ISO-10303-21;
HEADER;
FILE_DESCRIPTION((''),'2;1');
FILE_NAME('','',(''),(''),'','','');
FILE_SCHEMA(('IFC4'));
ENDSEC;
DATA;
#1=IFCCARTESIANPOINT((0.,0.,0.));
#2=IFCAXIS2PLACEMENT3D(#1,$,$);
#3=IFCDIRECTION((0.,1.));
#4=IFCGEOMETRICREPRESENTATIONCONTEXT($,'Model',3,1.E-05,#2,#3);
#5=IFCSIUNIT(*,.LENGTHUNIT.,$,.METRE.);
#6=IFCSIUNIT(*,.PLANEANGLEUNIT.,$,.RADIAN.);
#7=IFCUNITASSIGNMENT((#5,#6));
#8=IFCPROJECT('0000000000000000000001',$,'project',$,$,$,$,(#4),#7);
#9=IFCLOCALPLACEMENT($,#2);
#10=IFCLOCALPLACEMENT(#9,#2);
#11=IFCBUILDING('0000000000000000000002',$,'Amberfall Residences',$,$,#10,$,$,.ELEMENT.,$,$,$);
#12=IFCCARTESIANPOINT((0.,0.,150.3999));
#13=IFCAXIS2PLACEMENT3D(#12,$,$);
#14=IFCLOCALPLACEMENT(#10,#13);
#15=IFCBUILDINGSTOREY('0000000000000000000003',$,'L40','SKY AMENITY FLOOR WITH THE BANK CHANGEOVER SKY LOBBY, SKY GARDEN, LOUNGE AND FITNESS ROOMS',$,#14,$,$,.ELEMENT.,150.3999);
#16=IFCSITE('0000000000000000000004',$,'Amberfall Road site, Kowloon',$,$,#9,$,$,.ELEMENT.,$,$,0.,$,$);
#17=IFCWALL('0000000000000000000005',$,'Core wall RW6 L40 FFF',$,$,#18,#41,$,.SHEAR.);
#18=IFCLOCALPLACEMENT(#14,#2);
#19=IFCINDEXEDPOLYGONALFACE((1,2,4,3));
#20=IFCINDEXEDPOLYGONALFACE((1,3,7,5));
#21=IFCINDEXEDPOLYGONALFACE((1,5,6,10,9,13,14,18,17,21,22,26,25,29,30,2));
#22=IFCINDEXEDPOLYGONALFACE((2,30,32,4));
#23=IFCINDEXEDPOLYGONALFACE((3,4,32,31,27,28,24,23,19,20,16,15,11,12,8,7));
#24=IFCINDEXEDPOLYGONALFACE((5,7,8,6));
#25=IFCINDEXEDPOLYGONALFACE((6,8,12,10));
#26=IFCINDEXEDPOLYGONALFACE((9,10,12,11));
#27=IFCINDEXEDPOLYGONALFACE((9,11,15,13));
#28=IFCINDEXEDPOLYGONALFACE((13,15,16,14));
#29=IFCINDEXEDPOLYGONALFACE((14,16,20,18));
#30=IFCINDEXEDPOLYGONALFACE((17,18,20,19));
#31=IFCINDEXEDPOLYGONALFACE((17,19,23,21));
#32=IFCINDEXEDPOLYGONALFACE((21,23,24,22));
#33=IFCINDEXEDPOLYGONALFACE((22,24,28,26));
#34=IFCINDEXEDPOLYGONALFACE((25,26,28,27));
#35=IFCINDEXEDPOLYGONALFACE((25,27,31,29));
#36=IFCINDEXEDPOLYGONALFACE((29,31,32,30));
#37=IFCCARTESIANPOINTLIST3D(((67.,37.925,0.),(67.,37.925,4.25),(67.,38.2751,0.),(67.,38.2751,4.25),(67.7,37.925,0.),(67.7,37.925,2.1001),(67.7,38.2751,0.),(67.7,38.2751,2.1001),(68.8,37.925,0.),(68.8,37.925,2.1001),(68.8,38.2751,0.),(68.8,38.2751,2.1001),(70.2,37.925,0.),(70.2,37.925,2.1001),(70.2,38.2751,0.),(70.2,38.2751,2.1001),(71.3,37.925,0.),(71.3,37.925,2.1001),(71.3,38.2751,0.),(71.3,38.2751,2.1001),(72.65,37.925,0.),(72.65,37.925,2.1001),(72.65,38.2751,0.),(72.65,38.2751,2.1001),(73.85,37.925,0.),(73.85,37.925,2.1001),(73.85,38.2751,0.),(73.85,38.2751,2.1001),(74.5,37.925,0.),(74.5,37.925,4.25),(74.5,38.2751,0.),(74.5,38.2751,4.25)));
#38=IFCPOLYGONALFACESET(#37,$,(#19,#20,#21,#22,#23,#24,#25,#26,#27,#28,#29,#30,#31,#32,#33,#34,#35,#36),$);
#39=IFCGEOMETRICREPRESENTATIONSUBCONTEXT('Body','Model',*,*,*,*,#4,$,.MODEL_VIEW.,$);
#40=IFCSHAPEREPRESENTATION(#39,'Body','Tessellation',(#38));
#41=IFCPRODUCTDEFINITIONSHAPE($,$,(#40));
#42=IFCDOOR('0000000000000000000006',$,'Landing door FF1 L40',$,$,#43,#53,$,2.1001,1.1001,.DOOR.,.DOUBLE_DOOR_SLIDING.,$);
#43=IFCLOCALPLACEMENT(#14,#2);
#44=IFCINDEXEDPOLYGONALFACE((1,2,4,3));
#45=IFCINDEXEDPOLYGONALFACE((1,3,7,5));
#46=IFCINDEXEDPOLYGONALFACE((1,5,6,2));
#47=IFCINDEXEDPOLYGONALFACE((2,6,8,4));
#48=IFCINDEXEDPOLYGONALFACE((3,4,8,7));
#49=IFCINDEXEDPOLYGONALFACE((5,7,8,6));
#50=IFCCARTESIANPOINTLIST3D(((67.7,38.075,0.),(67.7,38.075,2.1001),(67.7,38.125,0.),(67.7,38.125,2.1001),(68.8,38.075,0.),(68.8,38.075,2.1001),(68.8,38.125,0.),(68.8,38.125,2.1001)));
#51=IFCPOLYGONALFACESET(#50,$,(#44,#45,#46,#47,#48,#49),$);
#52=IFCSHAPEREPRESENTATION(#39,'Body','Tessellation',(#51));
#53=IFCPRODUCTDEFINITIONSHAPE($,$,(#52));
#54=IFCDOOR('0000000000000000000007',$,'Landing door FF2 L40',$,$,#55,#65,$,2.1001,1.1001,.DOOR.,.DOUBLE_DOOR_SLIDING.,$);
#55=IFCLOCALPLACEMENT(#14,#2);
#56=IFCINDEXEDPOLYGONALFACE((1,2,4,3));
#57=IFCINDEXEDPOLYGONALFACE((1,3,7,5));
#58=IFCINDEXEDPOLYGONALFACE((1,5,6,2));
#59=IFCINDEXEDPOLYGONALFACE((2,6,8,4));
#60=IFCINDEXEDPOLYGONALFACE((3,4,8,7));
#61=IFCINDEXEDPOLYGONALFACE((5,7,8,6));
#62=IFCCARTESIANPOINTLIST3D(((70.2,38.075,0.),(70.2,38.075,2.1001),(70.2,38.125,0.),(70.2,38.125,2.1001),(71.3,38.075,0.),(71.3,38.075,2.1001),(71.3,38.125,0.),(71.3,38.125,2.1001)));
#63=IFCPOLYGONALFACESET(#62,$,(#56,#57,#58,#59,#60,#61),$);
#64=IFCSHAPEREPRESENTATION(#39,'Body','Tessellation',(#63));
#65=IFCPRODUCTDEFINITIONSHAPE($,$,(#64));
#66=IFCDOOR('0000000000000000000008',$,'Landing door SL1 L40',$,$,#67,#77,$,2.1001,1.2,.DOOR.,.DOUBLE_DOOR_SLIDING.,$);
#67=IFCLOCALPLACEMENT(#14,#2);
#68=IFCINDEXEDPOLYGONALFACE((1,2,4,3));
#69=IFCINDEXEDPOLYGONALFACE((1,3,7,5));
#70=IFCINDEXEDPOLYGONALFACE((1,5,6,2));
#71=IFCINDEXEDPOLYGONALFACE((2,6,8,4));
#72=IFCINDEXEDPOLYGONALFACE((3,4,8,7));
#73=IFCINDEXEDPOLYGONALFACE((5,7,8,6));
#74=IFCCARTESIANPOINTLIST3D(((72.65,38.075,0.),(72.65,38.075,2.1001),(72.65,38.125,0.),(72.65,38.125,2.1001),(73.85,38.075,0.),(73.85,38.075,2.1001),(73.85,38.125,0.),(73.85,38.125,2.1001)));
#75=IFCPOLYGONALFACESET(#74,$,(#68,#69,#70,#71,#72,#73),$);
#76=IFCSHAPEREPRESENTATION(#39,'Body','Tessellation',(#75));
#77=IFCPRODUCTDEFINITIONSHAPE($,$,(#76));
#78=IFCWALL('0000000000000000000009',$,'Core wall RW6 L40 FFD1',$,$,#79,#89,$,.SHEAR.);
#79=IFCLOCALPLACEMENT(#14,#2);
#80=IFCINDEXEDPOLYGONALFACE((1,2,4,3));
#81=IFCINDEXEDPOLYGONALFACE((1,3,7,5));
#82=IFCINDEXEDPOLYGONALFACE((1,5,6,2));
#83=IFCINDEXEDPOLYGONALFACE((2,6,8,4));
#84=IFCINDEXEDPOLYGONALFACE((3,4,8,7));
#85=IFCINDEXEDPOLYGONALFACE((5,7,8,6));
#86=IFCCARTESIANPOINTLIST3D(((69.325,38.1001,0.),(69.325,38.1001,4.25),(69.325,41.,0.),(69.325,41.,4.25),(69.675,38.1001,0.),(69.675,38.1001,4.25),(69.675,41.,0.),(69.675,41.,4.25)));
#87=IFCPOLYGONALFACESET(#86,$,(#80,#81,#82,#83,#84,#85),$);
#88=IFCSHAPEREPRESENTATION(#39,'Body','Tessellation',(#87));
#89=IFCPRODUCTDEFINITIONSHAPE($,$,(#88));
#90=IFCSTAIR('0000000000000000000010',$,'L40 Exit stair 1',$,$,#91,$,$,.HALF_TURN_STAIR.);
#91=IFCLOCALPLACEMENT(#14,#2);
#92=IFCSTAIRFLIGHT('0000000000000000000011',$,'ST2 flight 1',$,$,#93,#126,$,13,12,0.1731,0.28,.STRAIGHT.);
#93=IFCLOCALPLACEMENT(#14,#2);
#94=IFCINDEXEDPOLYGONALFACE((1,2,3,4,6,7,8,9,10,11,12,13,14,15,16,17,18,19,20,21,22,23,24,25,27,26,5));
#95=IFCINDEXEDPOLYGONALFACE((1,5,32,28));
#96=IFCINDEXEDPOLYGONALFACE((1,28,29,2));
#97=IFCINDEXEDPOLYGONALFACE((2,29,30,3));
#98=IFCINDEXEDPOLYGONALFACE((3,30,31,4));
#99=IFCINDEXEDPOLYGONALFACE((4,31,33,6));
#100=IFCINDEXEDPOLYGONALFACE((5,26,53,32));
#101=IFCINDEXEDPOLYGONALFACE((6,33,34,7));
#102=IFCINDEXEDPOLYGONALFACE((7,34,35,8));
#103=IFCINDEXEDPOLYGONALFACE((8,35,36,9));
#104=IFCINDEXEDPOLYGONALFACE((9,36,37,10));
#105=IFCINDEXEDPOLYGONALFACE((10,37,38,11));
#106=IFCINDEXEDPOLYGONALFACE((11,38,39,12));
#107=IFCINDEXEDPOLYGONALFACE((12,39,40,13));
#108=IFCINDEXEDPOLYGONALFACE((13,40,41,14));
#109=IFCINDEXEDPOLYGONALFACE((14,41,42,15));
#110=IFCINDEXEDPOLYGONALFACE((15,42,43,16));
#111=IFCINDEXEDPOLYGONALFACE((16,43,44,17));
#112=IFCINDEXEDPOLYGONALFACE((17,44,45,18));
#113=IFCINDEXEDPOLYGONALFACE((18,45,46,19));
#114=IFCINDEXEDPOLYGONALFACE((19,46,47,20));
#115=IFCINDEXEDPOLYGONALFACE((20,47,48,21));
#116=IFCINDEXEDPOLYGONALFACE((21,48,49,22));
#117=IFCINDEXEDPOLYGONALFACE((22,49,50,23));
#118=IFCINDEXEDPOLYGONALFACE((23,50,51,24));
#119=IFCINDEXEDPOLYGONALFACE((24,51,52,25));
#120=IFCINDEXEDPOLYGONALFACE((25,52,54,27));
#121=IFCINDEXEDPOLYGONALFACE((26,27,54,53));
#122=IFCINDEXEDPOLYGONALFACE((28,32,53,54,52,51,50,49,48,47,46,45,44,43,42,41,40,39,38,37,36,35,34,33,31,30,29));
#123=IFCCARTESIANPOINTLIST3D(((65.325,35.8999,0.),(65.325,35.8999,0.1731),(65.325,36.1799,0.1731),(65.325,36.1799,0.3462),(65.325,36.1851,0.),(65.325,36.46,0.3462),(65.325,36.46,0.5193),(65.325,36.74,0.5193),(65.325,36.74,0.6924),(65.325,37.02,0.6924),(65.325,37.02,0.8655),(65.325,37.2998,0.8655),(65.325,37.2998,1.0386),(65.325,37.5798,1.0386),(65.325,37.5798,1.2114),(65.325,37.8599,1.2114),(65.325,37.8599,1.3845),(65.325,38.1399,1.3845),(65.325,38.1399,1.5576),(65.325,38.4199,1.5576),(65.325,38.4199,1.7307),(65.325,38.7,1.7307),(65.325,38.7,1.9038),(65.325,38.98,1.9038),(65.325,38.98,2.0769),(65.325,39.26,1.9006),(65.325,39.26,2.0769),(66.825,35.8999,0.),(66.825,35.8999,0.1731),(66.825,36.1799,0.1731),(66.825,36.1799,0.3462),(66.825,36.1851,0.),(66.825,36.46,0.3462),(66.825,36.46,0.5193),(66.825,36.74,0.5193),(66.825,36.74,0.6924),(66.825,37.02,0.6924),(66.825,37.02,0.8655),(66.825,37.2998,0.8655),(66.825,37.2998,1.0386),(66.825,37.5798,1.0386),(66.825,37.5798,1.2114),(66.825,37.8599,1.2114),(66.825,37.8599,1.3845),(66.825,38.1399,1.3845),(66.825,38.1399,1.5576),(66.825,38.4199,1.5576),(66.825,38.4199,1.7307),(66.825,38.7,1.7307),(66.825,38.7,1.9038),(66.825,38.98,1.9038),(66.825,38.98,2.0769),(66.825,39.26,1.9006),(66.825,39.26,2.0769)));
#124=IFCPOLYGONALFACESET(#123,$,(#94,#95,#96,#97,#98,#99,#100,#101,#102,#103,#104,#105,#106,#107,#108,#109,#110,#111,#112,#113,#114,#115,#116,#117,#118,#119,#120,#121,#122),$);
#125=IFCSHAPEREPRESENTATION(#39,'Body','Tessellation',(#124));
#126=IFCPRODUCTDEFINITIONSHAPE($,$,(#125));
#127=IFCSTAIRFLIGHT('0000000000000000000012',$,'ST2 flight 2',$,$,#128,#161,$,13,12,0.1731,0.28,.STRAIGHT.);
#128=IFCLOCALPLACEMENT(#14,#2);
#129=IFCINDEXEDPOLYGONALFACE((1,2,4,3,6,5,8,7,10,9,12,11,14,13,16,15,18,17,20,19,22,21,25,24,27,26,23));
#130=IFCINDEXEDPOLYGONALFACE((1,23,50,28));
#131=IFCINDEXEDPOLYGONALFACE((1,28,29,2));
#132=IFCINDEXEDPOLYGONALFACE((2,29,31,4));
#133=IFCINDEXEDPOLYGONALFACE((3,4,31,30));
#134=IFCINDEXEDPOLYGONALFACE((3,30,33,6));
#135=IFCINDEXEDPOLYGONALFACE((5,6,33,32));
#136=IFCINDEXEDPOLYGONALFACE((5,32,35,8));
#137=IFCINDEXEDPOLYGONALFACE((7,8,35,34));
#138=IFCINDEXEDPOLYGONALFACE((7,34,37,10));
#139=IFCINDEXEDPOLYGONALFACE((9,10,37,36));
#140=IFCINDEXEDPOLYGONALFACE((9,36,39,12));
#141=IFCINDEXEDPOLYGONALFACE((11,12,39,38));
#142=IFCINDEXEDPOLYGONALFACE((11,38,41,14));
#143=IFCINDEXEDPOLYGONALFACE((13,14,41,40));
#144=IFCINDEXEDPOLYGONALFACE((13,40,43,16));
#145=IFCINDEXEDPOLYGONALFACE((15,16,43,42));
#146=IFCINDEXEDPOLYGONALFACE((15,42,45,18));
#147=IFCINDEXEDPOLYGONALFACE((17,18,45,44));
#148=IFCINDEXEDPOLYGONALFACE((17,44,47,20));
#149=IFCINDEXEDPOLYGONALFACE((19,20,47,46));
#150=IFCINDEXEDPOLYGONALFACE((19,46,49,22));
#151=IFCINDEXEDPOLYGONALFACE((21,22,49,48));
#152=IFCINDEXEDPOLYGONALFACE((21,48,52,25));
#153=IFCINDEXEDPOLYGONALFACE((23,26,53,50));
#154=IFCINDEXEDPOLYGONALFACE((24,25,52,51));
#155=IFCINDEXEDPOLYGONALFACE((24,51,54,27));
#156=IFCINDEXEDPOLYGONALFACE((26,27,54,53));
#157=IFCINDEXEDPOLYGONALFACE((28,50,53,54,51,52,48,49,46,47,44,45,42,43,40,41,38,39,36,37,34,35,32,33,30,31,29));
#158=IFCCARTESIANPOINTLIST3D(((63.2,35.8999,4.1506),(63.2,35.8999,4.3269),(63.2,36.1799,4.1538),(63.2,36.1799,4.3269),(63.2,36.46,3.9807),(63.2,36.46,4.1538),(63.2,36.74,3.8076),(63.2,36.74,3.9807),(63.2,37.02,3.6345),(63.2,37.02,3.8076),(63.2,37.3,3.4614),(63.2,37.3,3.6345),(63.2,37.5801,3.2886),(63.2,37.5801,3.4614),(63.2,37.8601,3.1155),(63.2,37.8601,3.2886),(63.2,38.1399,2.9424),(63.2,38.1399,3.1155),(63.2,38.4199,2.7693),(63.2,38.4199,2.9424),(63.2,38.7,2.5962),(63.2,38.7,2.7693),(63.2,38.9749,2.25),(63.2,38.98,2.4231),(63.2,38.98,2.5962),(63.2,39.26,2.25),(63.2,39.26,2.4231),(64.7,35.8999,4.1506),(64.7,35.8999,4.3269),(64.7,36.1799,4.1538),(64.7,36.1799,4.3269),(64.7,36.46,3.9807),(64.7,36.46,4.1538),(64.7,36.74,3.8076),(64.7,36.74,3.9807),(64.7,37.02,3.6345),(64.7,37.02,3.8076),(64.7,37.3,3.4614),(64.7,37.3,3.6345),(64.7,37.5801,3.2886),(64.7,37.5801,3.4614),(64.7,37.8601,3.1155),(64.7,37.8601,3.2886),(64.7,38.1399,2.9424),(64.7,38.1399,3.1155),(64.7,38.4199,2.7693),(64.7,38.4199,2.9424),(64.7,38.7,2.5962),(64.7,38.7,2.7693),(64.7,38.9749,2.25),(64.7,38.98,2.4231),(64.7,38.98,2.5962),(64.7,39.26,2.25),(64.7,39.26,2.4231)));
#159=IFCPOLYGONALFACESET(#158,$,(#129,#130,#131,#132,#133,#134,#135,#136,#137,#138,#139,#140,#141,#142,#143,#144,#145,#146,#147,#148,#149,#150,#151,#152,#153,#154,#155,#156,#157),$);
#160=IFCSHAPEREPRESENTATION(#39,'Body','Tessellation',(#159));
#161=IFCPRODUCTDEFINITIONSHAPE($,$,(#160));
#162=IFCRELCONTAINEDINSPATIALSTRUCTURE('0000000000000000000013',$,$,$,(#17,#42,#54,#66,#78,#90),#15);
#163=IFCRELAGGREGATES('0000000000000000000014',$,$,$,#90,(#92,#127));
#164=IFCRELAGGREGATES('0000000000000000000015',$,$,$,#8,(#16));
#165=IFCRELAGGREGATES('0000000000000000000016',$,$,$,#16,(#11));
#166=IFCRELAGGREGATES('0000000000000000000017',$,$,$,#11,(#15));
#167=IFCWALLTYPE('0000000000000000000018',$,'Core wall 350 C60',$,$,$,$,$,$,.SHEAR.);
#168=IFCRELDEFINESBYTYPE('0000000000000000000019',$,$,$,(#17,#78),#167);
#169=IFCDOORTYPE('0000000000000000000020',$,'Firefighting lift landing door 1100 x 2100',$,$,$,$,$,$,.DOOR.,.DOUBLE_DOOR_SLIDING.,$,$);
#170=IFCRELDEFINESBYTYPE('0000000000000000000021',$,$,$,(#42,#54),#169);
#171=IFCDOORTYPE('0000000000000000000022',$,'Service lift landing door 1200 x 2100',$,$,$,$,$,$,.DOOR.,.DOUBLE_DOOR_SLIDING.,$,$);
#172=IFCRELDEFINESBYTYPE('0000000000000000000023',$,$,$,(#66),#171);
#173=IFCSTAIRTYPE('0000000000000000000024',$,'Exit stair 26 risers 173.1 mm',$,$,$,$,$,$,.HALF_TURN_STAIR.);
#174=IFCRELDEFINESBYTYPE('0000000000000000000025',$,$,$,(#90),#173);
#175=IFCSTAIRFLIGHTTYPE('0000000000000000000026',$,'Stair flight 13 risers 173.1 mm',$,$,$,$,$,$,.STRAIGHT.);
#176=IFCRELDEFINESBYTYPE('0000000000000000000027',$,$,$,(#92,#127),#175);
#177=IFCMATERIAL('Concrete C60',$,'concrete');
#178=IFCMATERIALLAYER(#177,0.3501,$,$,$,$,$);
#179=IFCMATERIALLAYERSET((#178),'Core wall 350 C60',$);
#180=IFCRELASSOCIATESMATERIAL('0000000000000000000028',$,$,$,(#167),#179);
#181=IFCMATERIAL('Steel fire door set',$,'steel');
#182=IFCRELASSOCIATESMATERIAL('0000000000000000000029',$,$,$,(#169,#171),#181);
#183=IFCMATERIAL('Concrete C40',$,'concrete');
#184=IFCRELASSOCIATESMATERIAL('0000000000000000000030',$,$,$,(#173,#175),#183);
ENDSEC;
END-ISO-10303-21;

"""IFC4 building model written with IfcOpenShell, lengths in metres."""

from ifc_helpers import new_model, si_unit, direction, frame, frame_2d, origin, place, context, subcontext, project, spatial, polyline, rectangle, outline, extrude, material, layer, layer_set, type_object, element, fill, aggregate, save


model = new_model("IFC4")

# Units and contexts
model_context = context("Model", 3, precision=1e-05, world=origin(), true_north=direction((0.0, 1.0)))
body_context = subcontext(model_context, "Body", "Model", "MODEL_VIEW")
ifc_project = project(units=[si_unit("LENGTHUNIT", "METRE"), si_unit("PLANEANGLEUNIT", "RADIAN")], contexts=[model_context])

# Site, building, storey
site_placement = place(None, origin())
site = spatial("IfcSite", under=ifc_project, at=site_placement, Name="Amberfall Road site, Kowloon", CompositionType="ELEMENT", RefElevation=0.0)
building_placement = place(site_placement, origin())
building = spatial("IfcBuilding", under=site, at=building_placement, Name="Amberfall Residences", CompositionType="ELEMENT")
storey_placement = place(building_placement, frame((0.0, 0.0, 150.3999)))
storey = spatial("IfcBuildingStorey", under=building, at=storey_placement, Name="L40", Description="SKY AMENITY FLOOR WITH THE BANK CHANGEOVER SKY LOBBY, SKY GARDEN, LOUNGE AND FITNESS ROOMS", CompositionType="ELEMENT", Elevation=150.3999)

# Wall, openings, doors
ifc_material_1 = material(Name="Concrete C60", Category="concrete")
ifc_layer = layer(ifc_material_1, 0.3501)
ifc_layer_set = layer_set([ifc_layer], Name="Core wall 350 C60")
wall_type = type_object("IfcWallType", Name="Core wall 350 C60", PredefinedType="SHEAR", material=ifc_layer_set)
wall_1_placement = place(storey_placement, frame((67.0, 38.1001, 0.0), z_axis=(0.0, 0.0, 1.0), x_axis=(1.0, 0.0, 0.0)))
wall_1 = element("IfcWall", 1, at=wall_1_placement, inside=storey, type_object=wall_type, Name="Core wall RW6 L40 FFF", PredefinedType="SHEAR", context=body_context, shape_type="SweptSolid", body=[
    extrude(rectangle(XDim=7.5, YDim=0.3501, at=frame_2d((3.75, 0.0))), origin(), (0.0, 0.0, 1.0), 4.25),
])
opening_1_placement = place(wall_1_placement, frame((0.7, 0.0, 0.0)))
opening_1 = element("IfcOpeningElement", 2, at=opening_1_placement, cuts=wall_1, PredefinedType="OPENING", context=body_context, shape_type="SweptSolid", body=[
    extrude(rectangle(XDim=1.1001, YDim=2.1001, at=frame_2d((0.55, 1.05))), frame((0.0, 0.1851, 0.0), z_axis=(0.0, -1.0, 0.0), x_axis=(1.0, 0.0, 0.0)), (0.0, 0.0, 1.0), 0.3701),
])
opening_2_placement = place(wall_1_placement, frame((3.2, 0.0, 0.0)))
opening_2 = element("IfcOpeningElement", 3, at=opening_2_placement, cuts=wall_1, PredefinedType="OPENING", context=body_context, shape_type="SweptSolid", body=[
    extrude(rectangle(XDim=1.1001, YDim=2.1001, at=frame_2d((0.55, 1.05))), frame((0.0, 0.1851, 0.0), z_axis=(0.0, -1.0, 0.0), x_axis=(1.0, 0.0, 0.0)), (0.0, 0.0, 1.0), 0.3701),
])
opening_3_placement = place(wall_1_placement, frame((5.6499, 0.0, 0.0)))
opening_3 = element("IfcOpeningElement", 4, at=opening_3_placement, cuts=wall_1, PredefinedType="OPENING", context=body_context, shape_type="SweptSolid", body=[
    extrude(rectangle(XDim=1.2, YDim=2.1001, at=frame_2d((0.6001, 1.05))), frame((0.0, 0.1851, 0.0), z_axis=(0.0, -1.0, 0.0), x_axis=(1.0, 0.0, 0.0)), (0.0, 0.0, 1.0), 0.3701),
])
ifc_material_2 = material(Name="Steel fire door set", Category="steel")
door_type_1 = type_object("IfcDoorType", Name="Firefighting lift landing door 1100 x 2100", OperationType="DOUBLE_DOOR_SLIDING", PredefinedType="DOOR", material=ifc_material_2)
door_1_placement = place(opening_1_placement, origin())
door_1 = element("IfcDoor", 5, at=door_1_placement, inside=storey, type_object=door_type_1, Name="Landing door FF1 L40", OperationType="DOUBLE_DOOR_SLIDING", OverallHeight=2.1001, OverallWidth=1.1001, PredefinedType="DOOR", context=body_context, shape_type="SweptSolid", body=[
    extrude(rectangle(XDim=1.1001, YDim=2.1001, at=frame_2d((0.55, 1.05))), frame((0.0, 0.0249, 0.0), z_axis=(0.0, -1.0, 0.0), x_axis=(1.0, 0.0, 0.0)), (0.0, 0.0, 1.0), 0.05),
])
fill(opening_1, door_1)
door_2_placement = place(opening_2_placement, origin())
door_2 = element("IfcDoor", 6, at=door_2_placement, inside=storey, type_object=door_type_1, Name="Landing door FF2 L40", OperationType="DOUBLE_DOOR_SLIDING", OverallHeight=2.1001, OverallWidth=1.1001, PredefinedType="DOOR", context=body_context, shape_type="SweptSolid", body=[
    extrude(rectangle(XDim=1.1001, YDim=2.1001, at=frame_2d((0.55, 1.05))), frame((0.0, 0.0249, 0.0), z_axis=(0.0, -1.0, 0.0), x_axis=(1.0, 0.0, 0.0)), (0.0, 0.0, 1.0), 0.05),
])
fill(opening_2, door_2)
door_type_2 = type_object("IfcDoorType", Name="Service lift landing door 1200 x 2100", OperationType="DOUBLE_DOOR_SLIDING", PredefinedType="DOOR", material=ifc_material_2)
door_3_placement = place(opening_3_placement, origin())
door_3 = element("IfcDoor", 7, at=door_3_placement, inside=storey, type_object=door_type_2, Name="Landing door SL1 L40", OperationType="DOUBLE_DOOR_SLIDING", OverallHeight=2.1001, OverallWidth=1.2, PredefinedType="DOOR", context=body_context, shape_type="SweptSolid", body=[
    extrude(rectangle(XDim=1.2, YDim=2.1001, at=frame_2d((0.6001, 1.05))), frame((0.0, 0.0249, 0.0), z_axis=(0.0, -1.0, 0.0), x_axis=(1.0, 0.0, 0.0)), (0.0, 0.0, 1.0), 0.05),
])
fill(opening_3, door_3)

# Wall
wall_2_placement = place(storey_placement, frame((69.5, 38.1001, 0.0), z_axis=(0.0, 0.0, 1.0), x_axis=(0.0, 1.0, 0.0)))
element("IfcWall", 8, at=wall_2_placement, inside=storey, type_object=wall_type, Name="Core wall RW6 L40 FFD1", PredefinedType="SHEAR", context=body_context, shape_type="SweptSolid", body=[
    extrude(rectangle(XDim=2.8999, YDim=0.3501, at=frame_2d((1.45, 0.0))), origin(), (0.0, 0.0, 1.0), 4.25),
])

# Stair, stair flights
ifc_material_3 = material(Name="Concrete C40", Category="concrete")
stair_type = type_object("IfcStairType", Name="Exit stair 26 risers 173.1 mm", PredefinedType="HALF_TURN_STAIR", material=ifc_material_3)
stair_placement = place(storey_placement, origin())
stair = element("IfcStair", 9, at=stair_placement, inside=storey, type_object=stair_type, Name="L40 Exit stair 1", PredefinedType="HALF_TURN_STAIR")
stair_flight_type = type_object("IfcStairFlightType", Name="Stair flight 13 risers 173.1 mm", PredefinedType="STRAIGHT", material=ifc_material_3)
stair_flight_1_placement = place(storey_placement, frame((66.075, 35.8999, 0.0), z_axis=(0.0, 0.0, 1.0), x_axis=(0.0, 1.0, 0.0)))
stair_flight_1 = element("IfcStairFlight", 10, at=stair_flight_1_placement, type_object=stair_flight_type, Name="ST2 flight 1", NumberOfRisers=13, NumberOfTreads=12, PredefinedType="STRAIGHT", RiserHeight=0.1731, TreadLength=0.28, context=body_context, shape_type="SweptSolid", body=[
    extrude(outline(polyline([(0.0, 0.0), (0.0, 0.1731), (0.28, 0.1731), (0.28, 0.3462), (0.5601, 0.3462), (0.5601, 0.5193), (0.8401, 0.5193), (0.8401, 0.6924), (1.1201, 0.6924), (1.1201, 0.8655), (1.3999, 0.8655), (1.3999, 1.0386), (1.6799, 1.0386), (1.6799, 1.2114), (1.96, 1.2114), (1.96, 1.3845), (2.24, 1.3845), (2.24, 1.5576), (2.52, 1.5576), (2.52, 1.7307), (2.8, 1.7307), (2.8, 1.9038), (3.0801, 1.9038), (3.0801, 2.0769), (3.3601, 2.0769), (3.3601, 2.25), (3.3601, 1.9006), (0.2852, 0.0), (0.0, 0.0)])), frame((0.0, 0.75, 0.0), z_axis=(0.0, -1.0, 0.0), x_axis=(1.0, 0.0, 0.0)), (0.0, 0.0, 1.0), 1.5),
])
stair_flight_2_placement = place(storey_placement, frame((63.95, 39.26, 2.25), z_axis=(0.0, 0.0, 1.0), x_axis=(0.0, -1.0, 0.0)))
stair_flight_2 = element("IfcStairFlight", 11, at=stair_flight_2_placement, type_object=stair_flight_type, Name="ST2 flight 2", NumberOfRisers=13, NumberOfTreads=12, PredefinedType="STRAIGHT", RiserHeight=0.1731, TreadLength=0.28, context=body_context, shape_type="SweptSolid", body=[
    extrude(outline(polyline([(0.0, 0.0), (0.0, 0.1731), (0.28, 0.1731), (0.28, 0.3462), (0.5601, 0.3462), (0.5601, 0.5193), (0.8401, 0.5193), (0.8401, 0.6924), (1.1201, 0.6924), (1.1201, 0.8655), (1.3999, 0.8655), (1.3999, 1.0386), (1.6799, 1.0386), (1.6799, 1.2114), (1.96, 1.2114), (1.96, 1.3845), (2.24, 1.3845), (2.24, 1.5576), (2.52, 1.5576), (2.52, 1.7307), (2.8, 1.7307), (2.8, 1.9038), (3.0801, 1.9038), (3.0801, 2.0769), (3.3601, 2.0769), (3.3601, 2.25), (3.3601, 1.9006), (0.2852, 0.0), (0.0, 0.0)])), frame((0.0, 0.75, 0.0), z_axis=(0.0, -1.0, 0.0), x_axis=(1.0, 0.0, 0.0)), (0.0, 0.0, 1.0), 1.5),
])
aggregate(stair, [stair_flight_1, stair_flight_2])

save(model, "model.ifc")
